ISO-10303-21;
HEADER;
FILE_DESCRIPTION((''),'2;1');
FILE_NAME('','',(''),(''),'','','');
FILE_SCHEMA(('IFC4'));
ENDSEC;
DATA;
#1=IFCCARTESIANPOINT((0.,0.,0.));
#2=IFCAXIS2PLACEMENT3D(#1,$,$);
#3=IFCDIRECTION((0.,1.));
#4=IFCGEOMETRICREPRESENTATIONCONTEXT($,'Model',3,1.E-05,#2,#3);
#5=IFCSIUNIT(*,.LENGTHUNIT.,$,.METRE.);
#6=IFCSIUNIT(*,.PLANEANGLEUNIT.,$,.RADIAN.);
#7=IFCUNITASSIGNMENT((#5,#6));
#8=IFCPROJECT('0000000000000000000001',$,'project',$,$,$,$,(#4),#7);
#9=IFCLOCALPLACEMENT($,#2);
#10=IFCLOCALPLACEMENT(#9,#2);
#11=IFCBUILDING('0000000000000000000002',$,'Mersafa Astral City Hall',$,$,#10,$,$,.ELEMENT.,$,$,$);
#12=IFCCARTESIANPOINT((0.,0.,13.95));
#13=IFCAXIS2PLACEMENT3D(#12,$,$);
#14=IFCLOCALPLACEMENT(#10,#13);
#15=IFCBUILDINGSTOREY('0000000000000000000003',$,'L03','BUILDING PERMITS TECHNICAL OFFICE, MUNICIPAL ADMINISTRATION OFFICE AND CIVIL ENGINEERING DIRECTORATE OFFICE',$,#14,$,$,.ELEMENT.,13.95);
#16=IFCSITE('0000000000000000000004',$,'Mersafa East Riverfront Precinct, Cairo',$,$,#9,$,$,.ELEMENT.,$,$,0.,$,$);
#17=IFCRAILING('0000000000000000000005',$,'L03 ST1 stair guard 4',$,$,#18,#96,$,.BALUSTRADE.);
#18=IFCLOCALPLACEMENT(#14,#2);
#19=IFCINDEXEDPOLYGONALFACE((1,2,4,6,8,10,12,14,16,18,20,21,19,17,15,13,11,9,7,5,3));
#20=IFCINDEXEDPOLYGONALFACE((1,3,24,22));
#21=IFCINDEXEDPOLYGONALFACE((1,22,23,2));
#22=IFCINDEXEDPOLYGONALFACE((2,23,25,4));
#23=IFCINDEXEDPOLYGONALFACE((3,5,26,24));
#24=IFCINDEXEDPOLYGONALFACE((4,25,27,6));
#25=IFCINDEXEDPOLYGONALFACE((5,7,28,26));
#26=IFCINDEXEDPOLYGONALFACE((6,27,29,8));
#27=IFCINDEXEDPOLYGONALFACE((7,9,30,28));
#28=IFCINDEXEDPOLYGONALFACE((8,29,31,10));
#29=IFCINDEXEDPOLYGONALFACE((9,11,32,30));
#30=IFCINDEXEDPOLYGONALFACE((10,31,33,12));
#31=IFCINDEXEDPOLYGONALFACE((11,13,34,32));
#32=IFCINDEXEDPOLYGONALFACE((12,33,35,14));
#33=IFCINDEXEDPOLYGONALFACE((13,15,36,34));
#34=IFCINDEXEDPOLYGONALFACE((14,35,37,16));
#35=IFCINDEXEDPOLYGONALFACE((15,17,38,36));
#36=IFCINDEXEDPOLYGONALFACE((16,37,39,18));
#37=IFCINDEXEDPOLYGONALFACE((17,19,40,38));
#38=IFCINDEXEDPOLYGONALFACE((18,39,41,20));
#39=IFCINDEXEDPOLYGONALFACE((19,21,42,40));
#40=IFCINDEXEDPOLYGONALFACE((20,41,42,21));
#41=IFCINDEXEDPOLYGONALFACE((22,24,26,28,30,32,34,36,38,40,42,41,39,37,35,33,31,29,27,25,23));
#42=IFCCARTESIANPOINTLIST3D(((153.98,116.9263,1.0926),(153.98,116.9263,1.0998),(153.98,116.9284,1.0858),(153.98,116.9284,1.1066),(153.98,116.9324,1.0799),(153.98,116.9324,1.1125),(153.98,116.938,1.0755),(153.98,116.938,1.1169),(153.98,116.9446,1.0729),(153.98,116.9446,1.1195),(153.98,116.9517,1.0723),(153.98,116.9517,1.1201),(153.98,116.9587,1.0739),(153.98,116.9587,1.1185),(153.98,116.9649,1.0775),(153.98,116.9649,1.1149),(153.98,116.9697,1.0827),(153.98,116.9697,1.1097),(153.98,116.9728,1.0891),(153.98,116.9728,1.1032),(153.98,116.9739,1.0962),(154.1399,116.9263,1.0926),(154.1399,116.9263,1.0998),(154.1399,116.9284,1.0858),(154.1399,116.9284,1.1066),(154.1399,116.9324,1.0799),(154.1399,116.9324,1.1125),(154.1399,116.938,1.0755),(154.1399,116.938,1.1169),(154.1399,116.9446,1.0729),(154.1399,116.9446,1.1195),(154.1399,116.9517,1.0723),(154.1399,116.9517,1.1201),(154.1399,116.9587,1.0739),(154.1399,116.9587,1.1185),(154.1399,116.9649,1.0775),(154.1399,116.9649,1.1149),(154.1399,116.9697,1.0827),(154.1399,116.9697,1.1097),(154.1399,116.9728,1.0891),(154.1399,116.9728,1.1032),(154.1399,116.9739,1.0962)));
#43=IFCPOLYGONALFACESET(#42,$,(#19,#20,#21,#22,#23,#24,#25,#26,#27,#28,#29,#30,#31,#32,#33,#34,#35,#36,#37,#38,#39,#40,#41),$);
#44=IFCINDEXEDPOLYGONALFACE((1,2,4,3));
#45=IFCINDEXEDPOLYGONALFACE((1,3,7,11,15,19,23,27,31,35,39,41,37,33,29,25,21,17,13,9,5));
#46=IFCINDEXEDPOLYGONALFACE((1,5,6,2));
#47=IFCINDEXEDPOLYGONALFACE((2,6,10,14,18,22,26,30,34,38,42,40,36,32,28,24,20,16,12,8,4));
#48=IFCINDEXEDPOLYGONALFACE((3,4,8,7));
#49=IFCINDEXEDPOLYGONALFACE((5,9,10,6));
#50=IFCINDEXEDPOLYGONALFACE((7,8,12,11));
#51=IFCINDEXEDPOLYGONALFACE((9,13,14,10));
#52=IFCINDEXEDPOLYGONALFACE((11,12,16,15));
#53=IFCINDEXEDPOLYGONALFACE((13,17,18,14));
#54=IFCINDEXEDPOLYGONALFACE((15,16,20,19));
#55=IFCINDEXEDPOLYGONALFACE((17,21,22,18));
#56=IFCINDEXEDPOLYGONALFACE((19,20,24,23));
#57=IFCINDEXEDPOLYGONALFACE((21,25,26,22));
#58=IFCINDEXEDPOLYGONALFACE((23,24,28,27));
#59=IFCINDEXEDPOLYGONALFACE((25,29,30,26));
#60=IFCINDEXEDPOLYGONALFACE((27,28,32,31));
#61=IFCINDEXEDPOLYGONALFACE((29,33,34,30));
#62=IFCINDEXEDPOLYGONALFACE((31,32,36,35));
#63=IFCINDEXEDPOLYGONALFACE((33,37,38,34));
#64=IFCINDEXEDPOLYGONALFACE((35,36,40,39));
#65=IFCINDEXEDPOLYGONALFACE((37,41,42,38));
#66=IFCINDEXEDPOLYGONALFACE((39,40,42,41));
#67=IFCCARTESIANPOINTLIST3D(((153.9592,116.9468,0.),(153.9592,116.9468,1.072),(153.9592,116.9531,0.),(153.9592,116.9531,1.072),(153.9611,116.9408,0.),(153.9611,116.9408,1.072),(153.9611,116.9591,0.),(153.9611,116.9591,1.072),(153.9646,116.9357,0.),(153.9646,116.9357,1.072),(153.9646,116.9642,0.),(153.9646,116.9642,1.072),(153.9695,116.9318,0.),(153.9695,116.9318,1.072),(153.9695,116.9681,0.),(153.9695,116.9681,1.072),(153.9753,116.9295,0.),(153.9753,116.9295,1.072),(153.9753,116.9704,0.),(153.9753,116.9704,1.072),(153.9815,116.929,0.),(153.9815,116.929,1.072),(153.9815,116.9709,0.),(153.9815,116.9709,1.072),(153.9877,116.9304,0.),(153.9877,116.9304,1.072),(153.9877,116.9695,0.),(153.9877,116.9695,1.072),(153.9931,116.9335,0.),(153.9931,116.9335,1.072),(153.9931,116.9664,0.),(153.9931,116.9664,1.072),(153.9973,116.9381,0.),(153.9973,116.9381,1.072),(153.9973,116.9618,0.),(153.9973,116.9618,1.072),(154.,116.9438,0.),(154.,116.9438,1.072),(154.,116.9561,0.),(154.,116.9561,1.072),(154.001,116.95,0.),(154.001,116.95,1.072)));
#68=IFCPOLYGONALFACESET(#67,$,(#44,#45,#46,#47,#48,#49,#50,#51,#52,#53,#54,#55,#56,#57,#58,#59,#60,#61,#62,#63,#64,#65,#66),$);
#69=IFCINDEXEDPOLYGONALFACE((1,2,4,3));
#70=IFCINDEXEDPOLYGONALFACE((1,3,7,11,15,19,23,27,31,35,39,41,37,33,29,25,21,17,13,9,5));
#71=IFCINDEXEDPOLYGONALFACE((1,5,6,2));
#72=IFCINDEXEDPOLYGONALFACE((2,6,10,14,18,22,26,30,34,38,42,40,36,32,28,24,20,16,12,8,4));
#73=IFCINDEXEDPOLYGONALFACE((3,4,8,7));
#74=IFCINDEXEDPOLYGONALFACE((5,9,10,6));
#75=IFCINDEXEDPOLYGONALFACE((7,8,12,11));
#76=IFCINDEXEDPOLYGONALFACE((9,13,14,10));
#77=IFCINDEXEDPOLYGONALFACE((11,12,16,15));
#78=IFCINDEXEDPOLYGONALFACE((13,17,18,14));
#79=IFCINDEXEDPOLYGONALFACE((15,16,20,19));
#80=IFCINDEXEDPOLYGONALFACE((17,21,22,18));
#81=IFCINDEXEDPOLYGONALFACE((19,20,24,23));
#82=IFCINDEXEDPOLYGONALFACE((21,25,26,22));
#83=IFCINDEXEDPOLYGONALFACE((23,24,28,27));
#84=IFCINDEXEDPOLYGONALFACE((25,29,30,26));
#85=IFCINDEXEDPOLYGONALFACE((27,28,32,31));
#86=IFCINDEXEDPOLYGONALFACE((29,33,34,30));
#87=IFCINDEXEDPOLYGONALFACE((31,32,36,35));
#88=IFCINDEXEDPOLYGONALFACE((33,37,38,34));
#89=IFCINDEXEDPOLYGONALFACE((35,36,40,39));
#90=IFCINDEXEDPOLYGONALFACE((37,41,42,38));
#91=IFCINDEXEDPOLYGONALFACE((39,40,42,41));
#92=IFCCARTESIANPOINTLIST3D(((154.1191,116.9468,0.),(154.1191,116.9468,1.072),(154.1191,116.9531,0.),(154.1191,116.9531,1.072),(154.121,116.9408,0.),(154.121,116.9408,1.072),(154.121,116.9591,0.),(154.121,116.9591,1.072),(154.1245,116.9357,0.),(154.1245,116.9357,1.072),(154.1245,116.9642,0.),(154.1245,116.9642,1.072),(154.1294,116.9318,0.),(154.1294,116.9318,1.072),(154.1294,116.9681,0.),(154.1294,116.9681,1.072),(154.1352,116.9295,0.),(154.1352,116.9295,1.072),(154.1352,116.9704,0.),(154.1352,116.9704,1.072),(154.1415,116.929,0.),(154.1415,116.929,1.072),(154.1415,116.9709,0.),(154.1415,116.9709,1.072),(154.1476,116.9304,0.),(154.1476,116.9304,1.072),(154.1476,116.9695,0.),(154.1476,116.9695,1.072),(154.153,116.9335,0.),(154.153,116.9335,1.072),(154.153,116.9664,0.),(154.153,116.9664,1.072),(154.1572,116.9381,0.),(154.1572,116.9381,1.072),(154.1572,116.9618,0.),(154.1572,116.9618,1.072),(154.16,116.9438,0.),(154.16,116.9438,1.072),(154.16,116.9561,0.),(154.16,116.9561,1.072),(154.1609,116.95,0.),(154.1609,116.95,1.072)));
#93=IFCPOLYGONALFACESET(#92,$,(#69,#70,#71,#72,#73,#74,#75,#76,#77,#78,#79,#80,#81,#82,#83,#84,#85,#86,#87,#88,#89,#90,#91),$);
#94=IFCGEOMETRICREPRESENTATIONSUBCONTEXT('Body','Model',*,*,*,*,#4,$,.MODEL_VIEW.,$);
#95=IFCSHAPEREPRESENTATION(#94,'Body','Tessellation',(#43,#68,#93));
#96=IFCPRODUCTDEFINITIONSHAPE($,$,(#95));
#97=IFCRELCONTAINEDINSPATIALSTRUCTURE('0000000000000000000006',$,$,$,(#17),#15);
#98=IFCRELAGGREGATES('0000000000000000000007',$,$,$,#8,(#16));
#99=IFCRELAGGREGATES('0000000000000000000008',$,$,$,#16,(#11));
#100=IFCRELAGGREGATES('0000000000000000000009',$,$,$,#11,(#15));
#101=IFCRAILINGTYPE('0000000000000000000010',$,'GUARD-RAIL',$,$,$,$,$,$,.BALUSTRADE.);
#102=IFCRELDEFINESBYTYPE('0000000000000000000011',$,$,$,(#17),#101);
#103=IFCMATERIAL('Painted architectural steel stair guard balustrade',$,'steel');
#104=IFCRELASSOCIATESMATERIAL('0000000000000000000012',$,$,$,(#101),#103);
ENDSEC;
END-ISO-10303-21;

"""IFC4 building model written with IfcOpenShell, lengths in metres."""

from ifc_helpers import new_model, si_unit, direction, frame, origin, origin_2d, place, context, subcontext, project, spatial, circle, extrude, material, type_object, element, save


model = new_model("IFC4")

# Units and contexts
model_context = context("Model", 3, precision=1e-05, world=origin(), true_north=direction((0.0, 1.0)))
body_context = subcontext(model_context, "Body", "Model", "MODEL_VIEW")
ifc_project = project(units=[si_unit("LENGTHUNIT", "METRE"), si_unit("PLANEANGLEUNIT", "RADIAN")], contexts=[model_context])

# Site, building, storey
site_placement = place(None, origin())
site = spatial("IfcSite", under=ifc_project, at=site_placement, Name="Mersafa East Riverfront Precinct, Cairo", CompositionType="ELEMENT", RefElevation=0.0)
building_placement = place(site_placement, origin())
building = spatial("IfcBuilding", under=site, at=building_placement, Name="Mersafa Astral City Hall", CompositionType="ELEMENT")
storey_placement = place(building_placement, frame((0.0, 0.0, 13.95)))
storey = spatial("IfcBuildingStorey", under=building, at=storey_placement, Name="L03", Description="BUILDING PERMITS TECHNICAL OFFICE, MUNICIPAL ADMINISTRATION OFFICE AND CIVIL ENGINEERING DIRECTORATE OFFICE", CompositionType="ELEMENT", Elevation=13.95)

# Railing
ifc_material_1 = material(Name="Painted architectural steel stair guard balustrade", Category="steel")
railing_type_1 = type_object("IfcRailingType", Name="GUARD-RAIL", PredefinedType="BALUSTRADE", material=ifc_material_1)
railing_1_placement = place(storey_placement, frame((153.98, 116.95, 0.0)))
element("IfcRailing", 1, at=railing_1_placement, inside=storey, type_object=railing_type_1, Name="L03 ST1 stair guard 4", PredefinedType="BALUSTRADE", context=body_context, shape_type="SweptSolid", body=[
    extrude(circle(Radius=0.0239, at=origin_2d()), frame((0.0, 0.0, 1.0962), z_axis=(1.0, 0.0, 0.0), x_axis=(0.0, 1.0, 0.0)), (0.0, 0.0, 1.0), 0.1599),
    extrude(circle(Radius=0.021, at=origin_2d()), origin(), (0.0, 0.0, 1.0), 1.072),
    extrude(circle(Radius=0.021, at=origin_2d()), frame((0.1599, 0.0, 0.0)), (0.0, 0.0, 1.0), 1.072),
])

save(model, "model.ifc")
